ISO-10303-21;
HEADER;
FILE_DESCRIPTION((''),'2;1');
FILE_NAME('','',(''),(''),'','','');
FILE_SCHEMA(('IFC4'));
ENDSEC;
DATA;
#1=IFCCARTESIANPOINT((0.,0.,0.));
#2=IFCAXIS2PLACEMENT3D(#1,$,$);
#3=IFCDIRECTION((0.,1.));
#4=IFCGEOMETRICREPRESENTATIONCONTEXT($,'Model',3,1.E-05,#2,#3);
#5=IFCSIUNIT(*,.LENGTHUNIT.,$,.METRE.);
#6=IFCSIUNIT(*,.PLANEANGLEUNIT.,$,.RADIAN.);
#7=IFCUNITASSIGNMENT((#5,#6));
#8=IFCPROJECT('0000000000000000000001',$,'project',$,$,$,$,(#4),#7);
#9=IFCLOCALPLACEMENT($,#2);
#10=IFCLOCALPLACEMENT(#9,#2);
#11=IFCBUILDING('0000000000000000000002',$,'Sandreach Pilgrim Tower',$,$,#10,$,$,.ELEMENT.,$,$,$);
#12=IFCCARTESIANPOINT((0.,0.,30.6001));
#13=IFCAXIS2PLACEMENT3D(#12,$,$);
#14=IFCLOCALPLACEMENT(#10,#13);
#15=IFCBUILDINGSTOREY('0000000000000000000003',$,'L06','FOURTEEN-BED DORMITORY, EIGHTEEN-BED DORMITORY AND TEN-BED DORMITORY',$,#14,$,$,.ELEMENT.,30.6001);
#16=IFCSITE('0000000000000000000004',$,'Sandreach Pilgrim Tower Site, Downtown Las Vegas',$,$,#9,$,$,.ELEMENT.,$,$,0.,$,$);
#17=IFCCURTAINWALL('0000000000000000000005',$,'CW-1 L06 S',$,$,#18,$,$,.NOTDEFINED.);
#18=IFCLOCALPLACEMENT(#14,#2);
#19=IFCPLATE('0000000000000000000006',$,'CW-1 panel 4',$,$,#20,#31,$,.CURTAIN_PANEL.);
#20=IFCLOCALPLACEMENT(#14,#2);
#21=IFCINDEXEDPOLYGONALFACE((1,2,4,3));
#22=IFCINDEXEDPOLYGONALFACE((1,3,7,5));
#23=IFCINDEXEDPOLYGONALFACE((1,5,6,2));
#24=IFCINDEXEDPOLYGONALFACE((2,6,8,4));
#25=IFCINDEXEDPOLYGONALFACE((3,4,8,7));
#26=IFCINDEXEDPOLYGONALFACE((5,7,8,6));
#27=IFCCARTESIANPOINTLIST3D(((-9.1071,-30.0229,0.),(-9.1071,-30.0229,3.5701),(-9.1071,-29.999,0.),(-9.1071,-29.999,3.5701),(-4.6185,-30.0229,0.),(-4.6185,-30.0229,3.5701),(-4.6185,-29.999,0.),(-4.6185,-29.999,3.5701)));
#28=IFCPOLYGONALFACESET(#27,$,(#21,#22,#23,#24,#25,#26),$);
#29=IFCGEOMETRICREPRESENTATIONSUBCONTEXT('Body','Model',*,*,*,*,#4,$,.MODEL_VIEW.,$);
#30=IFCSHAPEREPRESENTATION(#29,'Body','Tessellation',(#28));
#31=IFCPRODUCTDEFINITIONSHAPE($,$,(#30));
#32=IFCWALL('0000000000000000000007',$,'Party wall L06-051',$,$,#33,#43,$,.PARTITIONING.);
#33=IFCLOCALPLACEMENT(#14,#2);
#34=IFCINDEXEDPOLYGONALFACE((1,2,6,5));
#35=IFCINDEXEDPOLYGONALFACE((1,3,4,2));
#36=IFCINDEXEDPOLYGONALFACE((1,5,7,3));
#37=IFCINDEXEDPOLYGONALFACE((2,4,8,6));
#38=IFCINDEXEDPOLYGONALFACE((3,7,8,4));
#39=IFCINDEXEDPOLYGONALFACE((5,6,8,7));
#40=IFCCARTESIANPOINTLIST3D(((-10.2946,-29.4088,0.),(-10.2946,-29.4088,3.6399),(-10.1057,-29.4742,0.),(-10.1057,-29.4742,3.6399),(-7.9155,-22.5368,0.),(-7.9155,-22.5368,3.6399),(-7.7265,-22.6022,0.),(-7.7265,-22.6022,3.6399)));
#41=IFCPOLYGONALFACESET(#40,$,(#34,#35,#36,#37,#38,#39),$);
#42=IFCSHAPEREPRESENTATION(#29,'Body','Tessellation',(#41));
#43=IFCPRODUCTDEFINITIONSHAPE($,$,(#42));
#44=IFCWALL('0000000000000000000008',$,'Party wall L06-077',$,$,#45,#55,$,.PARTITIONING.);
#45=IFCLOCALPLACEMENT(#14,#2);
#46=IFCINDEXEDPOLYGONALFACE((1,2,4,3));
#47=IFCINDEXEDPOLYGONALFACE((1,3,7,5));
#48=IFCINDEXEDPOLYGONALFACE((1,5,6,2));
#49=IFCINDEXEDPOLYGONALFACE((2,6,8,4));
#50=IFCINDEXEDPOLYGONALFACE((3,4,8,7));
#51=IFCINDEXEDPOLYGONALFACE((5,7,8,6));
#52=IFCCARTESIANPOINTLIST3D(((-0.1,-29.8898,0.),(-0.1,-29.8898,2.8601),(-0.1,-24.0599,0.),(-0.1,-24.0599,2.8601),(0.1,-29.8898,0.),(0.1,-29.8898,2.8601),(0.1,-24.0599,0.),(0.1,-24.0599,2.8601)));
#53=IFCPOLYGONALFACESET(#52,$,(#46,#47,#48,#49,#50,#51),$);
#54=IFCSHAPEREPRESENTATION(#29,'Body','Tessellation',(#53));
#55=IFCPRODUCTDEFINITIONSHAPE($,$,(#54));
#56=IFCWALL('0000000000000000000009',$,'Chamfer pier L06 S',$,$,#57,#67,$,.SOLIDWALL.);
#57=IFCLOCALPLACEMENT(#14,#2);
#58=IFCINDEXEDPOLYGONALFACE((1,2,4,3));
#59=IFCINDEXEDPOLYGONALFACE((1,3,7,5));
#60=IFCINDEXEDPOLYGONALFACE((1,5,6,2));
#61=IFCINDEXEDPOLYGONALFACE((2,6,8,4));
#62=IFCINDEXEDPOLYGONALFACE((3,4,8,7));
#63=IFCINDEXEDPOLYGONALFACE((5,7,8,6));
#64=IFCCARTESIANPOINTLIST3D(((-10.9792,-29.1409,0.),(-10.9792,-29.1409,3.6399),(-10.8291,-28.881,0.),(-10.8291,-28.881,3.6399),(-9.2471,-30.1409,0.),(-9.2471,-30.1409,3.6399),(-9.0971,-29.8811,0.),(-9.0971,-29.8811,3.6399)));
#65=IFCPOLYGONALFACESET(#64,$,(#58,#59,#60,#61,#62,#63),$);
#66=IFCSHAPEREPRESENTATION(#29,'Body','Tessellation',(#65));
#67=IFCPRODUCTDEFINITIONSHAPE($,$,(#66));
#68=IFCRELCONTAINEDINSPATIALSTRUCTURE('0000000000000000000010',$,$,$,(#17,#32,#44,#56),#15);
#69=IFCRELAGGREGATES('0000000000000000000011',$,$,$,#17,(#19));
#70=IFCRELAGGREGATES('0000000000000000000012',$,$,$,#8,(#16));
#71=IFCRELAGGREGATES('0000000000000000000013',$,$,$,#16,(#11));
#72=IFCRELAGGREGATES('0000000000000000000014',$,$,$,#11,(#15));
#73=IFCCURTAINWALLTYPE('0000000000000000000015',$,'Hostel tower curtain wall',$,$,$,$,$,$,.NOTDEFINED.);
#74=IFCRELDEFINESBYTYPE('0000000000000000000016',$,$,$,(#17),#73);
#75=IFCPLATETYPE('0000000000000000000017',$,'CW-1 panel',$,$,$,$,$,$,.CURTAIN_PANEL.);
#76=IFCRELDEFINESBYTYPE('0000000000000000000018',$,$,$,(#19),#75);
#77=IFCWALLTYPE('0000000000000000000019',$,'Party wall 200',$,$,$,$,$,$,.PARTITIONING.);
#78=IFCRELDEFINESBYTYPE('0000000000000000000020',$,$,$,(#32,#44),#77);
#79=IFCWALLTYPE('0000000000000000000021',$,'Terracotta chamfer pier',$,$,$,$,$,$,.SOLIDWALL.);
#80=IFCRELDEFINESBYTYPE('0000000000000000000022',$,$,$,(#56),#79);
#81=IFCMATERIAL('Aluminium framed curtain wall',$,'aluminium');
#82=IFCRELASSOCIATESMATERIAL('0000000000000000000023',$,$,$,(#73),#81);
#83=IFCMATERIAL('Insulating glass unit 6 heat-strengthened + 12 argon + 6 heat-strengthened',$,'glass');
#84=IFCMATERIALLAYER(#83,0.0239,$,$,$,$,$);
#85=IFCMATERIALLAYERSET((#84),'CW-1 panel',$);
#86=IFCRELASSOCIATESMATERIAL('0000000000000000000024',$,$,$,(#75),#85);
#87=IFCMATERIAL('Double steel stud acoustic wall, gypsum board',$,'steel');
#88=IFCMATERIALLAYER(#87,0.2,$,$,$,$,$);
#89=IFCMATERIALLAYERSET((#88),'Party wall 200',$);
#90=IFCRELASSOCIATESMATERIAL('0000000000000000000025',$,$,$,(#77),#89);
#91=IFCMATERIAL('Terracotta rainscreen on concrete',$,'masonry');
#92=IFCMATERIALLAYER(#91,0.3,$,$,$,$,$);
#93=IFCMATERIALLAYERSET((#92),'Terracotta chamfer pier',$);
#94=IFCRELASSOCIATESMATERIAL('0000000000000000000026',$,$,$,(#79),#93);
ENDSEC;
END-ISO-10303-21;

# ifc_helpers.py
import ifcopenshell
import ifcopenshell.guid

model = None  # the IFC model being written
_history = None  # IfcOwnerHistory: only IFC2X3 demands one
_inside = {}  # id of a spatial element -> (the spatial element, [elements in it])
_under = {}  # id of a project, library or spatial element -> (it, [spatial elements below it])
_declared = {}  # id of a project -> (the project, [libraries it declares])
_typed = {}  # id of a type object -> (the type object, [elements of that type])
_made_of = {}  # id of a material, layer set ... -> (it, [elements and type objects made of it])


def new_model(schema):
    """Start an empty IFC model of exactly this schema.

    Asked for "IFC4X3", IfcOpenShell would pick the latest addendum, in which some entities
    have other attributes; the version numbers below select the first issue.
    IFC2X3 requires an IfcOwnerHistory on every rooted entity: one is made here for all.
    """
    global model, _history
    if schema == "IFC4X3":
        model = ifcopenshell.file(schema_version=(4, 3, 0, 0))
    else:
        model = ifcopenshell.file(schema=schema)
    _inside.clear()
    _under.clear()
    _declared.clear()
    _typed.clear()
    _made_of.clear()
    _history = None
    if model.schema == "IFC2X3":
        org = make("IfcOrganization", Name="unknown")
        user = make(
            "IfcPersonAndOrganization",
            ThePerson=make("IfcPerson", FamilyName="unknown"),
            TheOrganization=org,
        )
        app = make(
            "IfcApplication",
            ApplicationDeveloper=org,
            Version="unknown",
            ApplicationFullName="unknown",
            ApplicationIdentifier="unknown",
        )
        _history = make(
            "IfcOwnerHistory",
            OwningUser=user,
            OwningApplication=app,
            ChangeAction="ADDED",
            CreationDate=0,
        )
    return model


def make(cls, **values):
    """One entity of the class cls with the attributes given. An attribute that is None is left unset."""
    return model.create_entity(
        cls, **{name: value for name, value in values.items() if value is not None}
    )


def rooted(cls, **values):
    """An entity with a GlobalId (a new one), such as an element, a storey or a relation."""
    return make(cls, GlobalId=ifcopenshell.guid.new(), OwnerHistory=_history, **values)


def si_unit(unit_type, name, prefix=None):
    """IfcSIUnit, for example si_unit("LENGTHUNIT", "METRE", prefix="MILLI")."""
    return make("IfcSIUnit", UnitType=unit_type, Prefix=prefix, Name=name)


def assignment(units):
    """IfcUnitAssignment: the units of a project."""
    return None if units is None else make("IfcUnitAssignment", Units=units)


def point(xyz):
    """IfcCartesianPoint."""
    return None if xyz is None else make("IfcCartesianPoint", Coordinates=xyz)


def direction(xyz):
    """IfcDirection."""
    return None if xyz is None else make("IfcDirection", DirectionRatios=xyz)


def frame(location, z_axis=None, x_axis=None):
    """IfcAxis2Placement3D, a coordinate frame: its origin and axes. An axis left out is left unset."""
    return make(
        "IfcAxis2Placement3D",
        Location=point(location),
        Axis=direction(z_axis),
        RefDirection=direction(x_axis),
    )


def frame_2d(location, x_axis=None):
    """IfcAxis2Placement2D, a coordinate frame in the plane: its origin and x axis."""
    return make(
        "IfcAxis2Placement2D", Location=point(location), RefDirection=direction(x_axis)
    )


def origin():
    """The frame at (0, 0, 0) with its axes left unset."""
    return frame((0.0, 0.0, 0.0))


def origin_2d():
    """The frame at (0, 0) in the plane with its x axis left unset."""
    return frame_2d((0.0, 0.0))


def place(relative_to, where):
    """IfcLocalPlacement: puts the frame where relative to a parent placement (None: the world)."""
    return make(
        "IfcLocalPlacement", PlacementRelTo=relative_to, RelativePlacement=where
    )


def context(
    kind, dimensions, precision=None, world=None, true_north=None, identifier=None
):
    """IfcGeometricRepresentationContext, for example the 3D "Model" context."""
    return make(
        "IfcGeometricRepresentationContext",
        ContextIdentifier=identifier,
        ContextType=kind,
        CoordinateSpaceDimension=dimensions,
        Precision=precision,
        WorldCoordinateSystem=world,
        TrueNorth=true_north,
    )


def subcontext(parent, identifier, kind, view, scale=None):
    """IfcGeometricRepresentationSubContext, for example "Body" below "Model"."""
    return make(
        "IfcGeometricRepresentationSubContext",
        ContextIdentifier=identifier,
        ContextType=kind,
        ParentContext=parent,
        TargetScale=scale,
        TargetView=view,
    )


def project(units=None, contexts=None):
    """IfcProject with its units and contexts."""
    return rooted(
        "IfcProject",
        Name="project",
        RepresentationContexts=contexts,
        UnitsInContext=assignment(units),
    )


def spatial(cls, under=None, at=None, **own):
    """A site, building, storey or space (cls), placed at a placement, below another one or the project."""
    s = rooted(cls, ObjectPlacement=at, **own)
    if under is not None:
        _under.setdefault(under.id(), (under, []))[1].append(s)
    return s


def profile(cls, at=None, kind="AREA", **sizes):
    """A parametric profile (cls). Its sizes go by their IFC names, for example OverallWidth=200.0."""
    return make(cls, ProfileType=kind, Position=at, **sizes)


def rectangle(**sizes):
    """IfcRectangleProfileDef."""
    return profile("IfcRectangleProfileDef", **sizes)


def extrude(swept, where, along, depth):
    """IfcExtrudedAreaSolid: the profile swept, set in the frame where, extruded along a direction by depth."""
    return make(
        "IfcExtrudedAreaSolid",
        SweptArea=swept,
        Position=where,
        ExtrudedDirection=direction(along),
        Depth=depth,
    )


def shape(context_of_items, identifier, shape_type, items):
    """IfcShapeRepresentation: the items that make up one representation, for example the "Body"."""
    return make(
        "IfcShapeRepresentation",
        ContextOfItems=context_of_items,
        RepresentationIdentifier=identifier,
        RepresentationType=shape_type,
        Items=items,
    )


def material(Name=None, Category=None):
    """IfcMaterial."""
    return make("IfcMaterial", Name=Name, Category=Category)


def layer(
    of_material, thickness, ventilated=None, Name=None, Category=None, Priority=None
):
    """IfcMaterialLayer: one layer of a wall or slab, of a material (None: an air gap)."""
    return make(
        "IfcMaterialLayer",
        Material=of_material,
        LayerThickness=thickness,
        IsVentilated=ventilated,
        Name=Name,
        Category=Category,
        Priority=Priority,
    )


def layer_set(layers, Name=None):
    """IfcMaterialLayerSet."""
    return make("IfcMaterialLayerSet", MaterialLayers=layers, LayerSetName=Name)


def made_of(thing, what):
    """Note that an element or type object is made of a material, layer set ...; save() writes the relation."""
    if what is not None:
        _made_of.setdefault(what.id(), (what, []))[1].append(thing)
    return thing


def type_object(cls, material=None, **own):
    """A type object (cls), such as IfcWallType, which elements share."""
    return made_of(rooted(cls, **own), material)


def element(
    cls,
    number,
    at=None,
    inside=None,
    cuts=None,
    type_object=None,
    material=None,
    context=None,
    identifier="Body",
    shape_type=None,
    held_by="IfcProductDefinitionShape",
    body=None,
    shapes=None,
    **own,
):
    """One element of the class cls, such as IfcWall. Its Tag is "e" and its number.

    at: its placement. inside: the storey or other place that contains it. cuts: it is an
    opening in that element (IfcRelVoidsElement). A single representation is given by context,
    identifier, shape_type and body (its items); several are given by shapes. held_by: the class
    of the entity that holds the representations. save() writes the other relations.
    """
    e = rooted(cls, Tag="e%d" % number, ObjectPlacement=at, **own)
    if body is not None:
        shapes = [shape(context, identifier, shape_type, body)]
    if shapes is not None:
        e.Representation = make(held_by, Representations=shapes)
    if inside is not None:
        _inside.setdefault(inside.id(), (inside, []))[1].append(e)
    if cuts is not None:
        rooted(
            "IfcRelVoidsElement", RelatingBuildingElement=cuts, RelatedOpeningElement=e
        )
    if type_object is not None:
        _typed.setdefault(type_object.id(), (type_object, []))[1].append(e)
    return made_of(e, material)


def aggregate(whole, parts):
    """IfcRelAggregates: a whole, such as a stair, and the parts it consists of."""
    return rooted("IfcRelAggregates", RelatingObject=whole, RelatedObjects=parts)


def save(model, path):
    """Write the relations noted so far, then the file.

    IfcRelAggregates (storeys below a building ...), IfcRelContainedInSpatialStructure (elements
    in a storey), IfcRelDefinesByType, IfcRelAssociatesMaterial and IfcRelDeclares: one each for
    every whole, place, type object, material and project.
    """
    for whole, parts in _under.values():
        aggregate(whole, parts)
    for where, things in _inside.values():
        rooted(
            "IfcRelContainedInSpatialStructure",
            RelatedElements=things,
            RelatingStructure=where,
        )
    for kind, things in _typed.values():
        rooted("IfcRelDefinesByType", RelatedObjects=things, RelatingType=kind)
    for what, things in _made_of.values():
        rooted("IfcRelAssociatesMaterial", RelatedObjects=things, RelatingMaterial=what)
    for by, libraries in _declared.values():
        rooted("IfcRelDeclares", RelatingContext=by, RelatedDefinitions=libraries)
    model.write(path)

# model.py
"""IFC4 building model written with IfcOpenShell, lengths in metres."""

from ifc_helpers import new_model, si_unit, direction, frame, frame_2d, origin, origin_2d, place, context, subcontext, project, spatial, rectangle, extrude, material, layer, layer_set, type_object, element, aggregate, save


model = new_model("IFC4")

# Units and contexts
model_context = context("Model", 3, precision=1e-05, world=origin(), true_north=direction((0.0, 1.0)))
body_context = subcontext(model_context, "Body", "Model", "MODEL_VIEW")
ifc_project = project(units=[si_unit("LENGTHUNIT", "METRE"), si_unit("PLANEANGLEUNIT", "RADIAN")], contexts=[model_context])

# Site, building, storey
site_placement = place(None, origin())
site = spatial("IfcSite", under=ifc_project, at=site_placement, Name="Sandreach Pilgrim Tower Site, Downtown Las Vegas", CompositionType="ELEMENT", RefElevation=0.0)
building_placement = place(site_placement, origin())
building = spatial("IfcBuilding", under=site, at=building_placement, Name="Sandreach Pilgrim Tower", CompositionType="ELEMENT")
storey_placement = place(building_placement, frame((0.0, 0.0, 30.6001)))
storey = spatial("IfcBuildingStorey", under=building, at=storey_placement, Name="L06", Description="FOURTEEN-BED DORMITORY, EIGHTEEN-BED DORMITORY AND TEN-BED DORMITORY", CompositionType="ELEMENT", Elevation=30.6001)

# Curtain wall
ifc_material_1 = material(Name="Aluminium framed curtain wall", Category="aluminium")
curtain_wall_type = type_object("IfcCurtainWallType", Name="Hostel tower curtain wall", PredefinedType="NOTDEFINED", material=ifc_material_1)
curtain_wall_placement = place(storey_placement, origin())
curtain_wall = element("IfcCurtainWall", 1, at=curtain_wall_placement, inside=storey, type_object=curtain_wall_type, Name="CW-1 L06 S", PredefinedType="NOTDEFINED")

# Plate
ifc_material_2 = material(Name="Insulating glass unit 6 heat-strengthened + 12 argon + 6 heat-strengthened", Category="glass")
ifc_layer_1 = layer(ifc_material_2, 0.0239)
ifc_layer_set_1 = layer_set([ifc_layer_1], Name="CW-1 panel")
plate_type = type_object("IfcPlateType", Name="CW-1 panel", PredefinedType="CURTAIN_PANEL", material=ifc_layer_set_1)
plate_1_placement = place(storey_placement, frame((-6.8628, -30.011, 0.0), z_axis=(0.0, 0.0, 1.0), x_axis=(-1.0, 0.0, 0.0)))
plate_1 = element("IfcPlate", 2, at=plate_1_placement, type_object=plate_type, Name="CW-1 panel 4", PredefinedType="CURTAIN_PANEL", context=body_context, shape_type="SweptSolid", body=[
    extrude(rectangle(XDim=4.4885, YDim=0.0239, at=origin_2d()), origin(), (0.0, 0.0, 1.0), 3.5701),
])
aggregate(curtain_wall, [plate_1])

# Walls
ifc_material_3 = material(Name="Double steel stud acoustic wall, gypsum board", Category="steel")
ifc_layer_2 = layer(ifc_material_3, 0.2)
ifc_layer_set_2 = layer_set([ifc_layer_2], Name="Party wall 200")
wall_type_1 = type_object("IfcWallType", Name="Party wall 200", PredefinedType="PARTITIONING", material=ifc_layer_set_2)
wall_1_placement = place(storey_placement, frame((-10.2002, -29.4417, 0.0), z_axis=(0.0, 0.0, 1.0), x_axis=(0.327154, 0.944971, 0.0)))
element("IfcWall", 3, at=wall_1_placement, inside=storey, type_object=wall_type_1, Name="Party wall L06-051", PredefinedType="PARTITIONING", context=body_context, shape_type="SweptSolid", body=[
    extrude(rectangle(XDim=7.2722, YDim=0.2, at=frame_2d((3.6362, 0.0))), origin(), (0.0, 0.0, 1.0), 3.6399),
])
wall_2_placement = place(storey_placement, frame((0.0, -29.8899, 0.0), z_axis=(0.0, 0.0, 1.0), x_axis=(0.0, 1.0, 0.0)))
element("IfcWall", 4, at=wall_2_placement, inside=storey, type_object=wall_type_1, Name="Party wall L06-077", PredefinedType="PARTITIONING", context=body_context, shape_type="SweptSolid", body=[
    extrude(rectangle(XDim=5.8298, YDim=0.2, at=frame_2d((2.915, 0.0))), origin(), (0.0, 0.0, 1.0), 2.8601),
])
ifc_material_4 = material(Name="Terracotta rainscreen on concrete", Category="masonry")
ifc_layer_3 = layer(ifc_material_4, 0.3)
ifc_layer_set_3 = layer_set([ifc_layer_3], Name="Terracotta chamfer pier")
wall_type_2 = type_object("IfcWallType", Name="Terracotta chamfer pier", PredefinedType="SOLIDWALL", material=ifc_layer_set_3)
wall_3_placement = place(storey_placement, frame((-9.1721, -30.011, 0.0), z_axis=(0.0, 0.0, 1.0), x_axis=(-0.866011, 0.500025, 0.0)))
element("IfcWall", 5, at=wall_3_placement, inside=storey, type_object=wall_type_2, Name="Chamfer pier L06 S", PredefinedType="SOLIDWALL", context=body_context, shape_type="SweptSolid", body=[
    extrude(rectangle(XDim=2.0, YDim=0.3, at=frame_2d((1.0, 0.0))), origin(), (0.0, 0.0, 1.0), 3.6399),
])

save(model, "model.ifc")
